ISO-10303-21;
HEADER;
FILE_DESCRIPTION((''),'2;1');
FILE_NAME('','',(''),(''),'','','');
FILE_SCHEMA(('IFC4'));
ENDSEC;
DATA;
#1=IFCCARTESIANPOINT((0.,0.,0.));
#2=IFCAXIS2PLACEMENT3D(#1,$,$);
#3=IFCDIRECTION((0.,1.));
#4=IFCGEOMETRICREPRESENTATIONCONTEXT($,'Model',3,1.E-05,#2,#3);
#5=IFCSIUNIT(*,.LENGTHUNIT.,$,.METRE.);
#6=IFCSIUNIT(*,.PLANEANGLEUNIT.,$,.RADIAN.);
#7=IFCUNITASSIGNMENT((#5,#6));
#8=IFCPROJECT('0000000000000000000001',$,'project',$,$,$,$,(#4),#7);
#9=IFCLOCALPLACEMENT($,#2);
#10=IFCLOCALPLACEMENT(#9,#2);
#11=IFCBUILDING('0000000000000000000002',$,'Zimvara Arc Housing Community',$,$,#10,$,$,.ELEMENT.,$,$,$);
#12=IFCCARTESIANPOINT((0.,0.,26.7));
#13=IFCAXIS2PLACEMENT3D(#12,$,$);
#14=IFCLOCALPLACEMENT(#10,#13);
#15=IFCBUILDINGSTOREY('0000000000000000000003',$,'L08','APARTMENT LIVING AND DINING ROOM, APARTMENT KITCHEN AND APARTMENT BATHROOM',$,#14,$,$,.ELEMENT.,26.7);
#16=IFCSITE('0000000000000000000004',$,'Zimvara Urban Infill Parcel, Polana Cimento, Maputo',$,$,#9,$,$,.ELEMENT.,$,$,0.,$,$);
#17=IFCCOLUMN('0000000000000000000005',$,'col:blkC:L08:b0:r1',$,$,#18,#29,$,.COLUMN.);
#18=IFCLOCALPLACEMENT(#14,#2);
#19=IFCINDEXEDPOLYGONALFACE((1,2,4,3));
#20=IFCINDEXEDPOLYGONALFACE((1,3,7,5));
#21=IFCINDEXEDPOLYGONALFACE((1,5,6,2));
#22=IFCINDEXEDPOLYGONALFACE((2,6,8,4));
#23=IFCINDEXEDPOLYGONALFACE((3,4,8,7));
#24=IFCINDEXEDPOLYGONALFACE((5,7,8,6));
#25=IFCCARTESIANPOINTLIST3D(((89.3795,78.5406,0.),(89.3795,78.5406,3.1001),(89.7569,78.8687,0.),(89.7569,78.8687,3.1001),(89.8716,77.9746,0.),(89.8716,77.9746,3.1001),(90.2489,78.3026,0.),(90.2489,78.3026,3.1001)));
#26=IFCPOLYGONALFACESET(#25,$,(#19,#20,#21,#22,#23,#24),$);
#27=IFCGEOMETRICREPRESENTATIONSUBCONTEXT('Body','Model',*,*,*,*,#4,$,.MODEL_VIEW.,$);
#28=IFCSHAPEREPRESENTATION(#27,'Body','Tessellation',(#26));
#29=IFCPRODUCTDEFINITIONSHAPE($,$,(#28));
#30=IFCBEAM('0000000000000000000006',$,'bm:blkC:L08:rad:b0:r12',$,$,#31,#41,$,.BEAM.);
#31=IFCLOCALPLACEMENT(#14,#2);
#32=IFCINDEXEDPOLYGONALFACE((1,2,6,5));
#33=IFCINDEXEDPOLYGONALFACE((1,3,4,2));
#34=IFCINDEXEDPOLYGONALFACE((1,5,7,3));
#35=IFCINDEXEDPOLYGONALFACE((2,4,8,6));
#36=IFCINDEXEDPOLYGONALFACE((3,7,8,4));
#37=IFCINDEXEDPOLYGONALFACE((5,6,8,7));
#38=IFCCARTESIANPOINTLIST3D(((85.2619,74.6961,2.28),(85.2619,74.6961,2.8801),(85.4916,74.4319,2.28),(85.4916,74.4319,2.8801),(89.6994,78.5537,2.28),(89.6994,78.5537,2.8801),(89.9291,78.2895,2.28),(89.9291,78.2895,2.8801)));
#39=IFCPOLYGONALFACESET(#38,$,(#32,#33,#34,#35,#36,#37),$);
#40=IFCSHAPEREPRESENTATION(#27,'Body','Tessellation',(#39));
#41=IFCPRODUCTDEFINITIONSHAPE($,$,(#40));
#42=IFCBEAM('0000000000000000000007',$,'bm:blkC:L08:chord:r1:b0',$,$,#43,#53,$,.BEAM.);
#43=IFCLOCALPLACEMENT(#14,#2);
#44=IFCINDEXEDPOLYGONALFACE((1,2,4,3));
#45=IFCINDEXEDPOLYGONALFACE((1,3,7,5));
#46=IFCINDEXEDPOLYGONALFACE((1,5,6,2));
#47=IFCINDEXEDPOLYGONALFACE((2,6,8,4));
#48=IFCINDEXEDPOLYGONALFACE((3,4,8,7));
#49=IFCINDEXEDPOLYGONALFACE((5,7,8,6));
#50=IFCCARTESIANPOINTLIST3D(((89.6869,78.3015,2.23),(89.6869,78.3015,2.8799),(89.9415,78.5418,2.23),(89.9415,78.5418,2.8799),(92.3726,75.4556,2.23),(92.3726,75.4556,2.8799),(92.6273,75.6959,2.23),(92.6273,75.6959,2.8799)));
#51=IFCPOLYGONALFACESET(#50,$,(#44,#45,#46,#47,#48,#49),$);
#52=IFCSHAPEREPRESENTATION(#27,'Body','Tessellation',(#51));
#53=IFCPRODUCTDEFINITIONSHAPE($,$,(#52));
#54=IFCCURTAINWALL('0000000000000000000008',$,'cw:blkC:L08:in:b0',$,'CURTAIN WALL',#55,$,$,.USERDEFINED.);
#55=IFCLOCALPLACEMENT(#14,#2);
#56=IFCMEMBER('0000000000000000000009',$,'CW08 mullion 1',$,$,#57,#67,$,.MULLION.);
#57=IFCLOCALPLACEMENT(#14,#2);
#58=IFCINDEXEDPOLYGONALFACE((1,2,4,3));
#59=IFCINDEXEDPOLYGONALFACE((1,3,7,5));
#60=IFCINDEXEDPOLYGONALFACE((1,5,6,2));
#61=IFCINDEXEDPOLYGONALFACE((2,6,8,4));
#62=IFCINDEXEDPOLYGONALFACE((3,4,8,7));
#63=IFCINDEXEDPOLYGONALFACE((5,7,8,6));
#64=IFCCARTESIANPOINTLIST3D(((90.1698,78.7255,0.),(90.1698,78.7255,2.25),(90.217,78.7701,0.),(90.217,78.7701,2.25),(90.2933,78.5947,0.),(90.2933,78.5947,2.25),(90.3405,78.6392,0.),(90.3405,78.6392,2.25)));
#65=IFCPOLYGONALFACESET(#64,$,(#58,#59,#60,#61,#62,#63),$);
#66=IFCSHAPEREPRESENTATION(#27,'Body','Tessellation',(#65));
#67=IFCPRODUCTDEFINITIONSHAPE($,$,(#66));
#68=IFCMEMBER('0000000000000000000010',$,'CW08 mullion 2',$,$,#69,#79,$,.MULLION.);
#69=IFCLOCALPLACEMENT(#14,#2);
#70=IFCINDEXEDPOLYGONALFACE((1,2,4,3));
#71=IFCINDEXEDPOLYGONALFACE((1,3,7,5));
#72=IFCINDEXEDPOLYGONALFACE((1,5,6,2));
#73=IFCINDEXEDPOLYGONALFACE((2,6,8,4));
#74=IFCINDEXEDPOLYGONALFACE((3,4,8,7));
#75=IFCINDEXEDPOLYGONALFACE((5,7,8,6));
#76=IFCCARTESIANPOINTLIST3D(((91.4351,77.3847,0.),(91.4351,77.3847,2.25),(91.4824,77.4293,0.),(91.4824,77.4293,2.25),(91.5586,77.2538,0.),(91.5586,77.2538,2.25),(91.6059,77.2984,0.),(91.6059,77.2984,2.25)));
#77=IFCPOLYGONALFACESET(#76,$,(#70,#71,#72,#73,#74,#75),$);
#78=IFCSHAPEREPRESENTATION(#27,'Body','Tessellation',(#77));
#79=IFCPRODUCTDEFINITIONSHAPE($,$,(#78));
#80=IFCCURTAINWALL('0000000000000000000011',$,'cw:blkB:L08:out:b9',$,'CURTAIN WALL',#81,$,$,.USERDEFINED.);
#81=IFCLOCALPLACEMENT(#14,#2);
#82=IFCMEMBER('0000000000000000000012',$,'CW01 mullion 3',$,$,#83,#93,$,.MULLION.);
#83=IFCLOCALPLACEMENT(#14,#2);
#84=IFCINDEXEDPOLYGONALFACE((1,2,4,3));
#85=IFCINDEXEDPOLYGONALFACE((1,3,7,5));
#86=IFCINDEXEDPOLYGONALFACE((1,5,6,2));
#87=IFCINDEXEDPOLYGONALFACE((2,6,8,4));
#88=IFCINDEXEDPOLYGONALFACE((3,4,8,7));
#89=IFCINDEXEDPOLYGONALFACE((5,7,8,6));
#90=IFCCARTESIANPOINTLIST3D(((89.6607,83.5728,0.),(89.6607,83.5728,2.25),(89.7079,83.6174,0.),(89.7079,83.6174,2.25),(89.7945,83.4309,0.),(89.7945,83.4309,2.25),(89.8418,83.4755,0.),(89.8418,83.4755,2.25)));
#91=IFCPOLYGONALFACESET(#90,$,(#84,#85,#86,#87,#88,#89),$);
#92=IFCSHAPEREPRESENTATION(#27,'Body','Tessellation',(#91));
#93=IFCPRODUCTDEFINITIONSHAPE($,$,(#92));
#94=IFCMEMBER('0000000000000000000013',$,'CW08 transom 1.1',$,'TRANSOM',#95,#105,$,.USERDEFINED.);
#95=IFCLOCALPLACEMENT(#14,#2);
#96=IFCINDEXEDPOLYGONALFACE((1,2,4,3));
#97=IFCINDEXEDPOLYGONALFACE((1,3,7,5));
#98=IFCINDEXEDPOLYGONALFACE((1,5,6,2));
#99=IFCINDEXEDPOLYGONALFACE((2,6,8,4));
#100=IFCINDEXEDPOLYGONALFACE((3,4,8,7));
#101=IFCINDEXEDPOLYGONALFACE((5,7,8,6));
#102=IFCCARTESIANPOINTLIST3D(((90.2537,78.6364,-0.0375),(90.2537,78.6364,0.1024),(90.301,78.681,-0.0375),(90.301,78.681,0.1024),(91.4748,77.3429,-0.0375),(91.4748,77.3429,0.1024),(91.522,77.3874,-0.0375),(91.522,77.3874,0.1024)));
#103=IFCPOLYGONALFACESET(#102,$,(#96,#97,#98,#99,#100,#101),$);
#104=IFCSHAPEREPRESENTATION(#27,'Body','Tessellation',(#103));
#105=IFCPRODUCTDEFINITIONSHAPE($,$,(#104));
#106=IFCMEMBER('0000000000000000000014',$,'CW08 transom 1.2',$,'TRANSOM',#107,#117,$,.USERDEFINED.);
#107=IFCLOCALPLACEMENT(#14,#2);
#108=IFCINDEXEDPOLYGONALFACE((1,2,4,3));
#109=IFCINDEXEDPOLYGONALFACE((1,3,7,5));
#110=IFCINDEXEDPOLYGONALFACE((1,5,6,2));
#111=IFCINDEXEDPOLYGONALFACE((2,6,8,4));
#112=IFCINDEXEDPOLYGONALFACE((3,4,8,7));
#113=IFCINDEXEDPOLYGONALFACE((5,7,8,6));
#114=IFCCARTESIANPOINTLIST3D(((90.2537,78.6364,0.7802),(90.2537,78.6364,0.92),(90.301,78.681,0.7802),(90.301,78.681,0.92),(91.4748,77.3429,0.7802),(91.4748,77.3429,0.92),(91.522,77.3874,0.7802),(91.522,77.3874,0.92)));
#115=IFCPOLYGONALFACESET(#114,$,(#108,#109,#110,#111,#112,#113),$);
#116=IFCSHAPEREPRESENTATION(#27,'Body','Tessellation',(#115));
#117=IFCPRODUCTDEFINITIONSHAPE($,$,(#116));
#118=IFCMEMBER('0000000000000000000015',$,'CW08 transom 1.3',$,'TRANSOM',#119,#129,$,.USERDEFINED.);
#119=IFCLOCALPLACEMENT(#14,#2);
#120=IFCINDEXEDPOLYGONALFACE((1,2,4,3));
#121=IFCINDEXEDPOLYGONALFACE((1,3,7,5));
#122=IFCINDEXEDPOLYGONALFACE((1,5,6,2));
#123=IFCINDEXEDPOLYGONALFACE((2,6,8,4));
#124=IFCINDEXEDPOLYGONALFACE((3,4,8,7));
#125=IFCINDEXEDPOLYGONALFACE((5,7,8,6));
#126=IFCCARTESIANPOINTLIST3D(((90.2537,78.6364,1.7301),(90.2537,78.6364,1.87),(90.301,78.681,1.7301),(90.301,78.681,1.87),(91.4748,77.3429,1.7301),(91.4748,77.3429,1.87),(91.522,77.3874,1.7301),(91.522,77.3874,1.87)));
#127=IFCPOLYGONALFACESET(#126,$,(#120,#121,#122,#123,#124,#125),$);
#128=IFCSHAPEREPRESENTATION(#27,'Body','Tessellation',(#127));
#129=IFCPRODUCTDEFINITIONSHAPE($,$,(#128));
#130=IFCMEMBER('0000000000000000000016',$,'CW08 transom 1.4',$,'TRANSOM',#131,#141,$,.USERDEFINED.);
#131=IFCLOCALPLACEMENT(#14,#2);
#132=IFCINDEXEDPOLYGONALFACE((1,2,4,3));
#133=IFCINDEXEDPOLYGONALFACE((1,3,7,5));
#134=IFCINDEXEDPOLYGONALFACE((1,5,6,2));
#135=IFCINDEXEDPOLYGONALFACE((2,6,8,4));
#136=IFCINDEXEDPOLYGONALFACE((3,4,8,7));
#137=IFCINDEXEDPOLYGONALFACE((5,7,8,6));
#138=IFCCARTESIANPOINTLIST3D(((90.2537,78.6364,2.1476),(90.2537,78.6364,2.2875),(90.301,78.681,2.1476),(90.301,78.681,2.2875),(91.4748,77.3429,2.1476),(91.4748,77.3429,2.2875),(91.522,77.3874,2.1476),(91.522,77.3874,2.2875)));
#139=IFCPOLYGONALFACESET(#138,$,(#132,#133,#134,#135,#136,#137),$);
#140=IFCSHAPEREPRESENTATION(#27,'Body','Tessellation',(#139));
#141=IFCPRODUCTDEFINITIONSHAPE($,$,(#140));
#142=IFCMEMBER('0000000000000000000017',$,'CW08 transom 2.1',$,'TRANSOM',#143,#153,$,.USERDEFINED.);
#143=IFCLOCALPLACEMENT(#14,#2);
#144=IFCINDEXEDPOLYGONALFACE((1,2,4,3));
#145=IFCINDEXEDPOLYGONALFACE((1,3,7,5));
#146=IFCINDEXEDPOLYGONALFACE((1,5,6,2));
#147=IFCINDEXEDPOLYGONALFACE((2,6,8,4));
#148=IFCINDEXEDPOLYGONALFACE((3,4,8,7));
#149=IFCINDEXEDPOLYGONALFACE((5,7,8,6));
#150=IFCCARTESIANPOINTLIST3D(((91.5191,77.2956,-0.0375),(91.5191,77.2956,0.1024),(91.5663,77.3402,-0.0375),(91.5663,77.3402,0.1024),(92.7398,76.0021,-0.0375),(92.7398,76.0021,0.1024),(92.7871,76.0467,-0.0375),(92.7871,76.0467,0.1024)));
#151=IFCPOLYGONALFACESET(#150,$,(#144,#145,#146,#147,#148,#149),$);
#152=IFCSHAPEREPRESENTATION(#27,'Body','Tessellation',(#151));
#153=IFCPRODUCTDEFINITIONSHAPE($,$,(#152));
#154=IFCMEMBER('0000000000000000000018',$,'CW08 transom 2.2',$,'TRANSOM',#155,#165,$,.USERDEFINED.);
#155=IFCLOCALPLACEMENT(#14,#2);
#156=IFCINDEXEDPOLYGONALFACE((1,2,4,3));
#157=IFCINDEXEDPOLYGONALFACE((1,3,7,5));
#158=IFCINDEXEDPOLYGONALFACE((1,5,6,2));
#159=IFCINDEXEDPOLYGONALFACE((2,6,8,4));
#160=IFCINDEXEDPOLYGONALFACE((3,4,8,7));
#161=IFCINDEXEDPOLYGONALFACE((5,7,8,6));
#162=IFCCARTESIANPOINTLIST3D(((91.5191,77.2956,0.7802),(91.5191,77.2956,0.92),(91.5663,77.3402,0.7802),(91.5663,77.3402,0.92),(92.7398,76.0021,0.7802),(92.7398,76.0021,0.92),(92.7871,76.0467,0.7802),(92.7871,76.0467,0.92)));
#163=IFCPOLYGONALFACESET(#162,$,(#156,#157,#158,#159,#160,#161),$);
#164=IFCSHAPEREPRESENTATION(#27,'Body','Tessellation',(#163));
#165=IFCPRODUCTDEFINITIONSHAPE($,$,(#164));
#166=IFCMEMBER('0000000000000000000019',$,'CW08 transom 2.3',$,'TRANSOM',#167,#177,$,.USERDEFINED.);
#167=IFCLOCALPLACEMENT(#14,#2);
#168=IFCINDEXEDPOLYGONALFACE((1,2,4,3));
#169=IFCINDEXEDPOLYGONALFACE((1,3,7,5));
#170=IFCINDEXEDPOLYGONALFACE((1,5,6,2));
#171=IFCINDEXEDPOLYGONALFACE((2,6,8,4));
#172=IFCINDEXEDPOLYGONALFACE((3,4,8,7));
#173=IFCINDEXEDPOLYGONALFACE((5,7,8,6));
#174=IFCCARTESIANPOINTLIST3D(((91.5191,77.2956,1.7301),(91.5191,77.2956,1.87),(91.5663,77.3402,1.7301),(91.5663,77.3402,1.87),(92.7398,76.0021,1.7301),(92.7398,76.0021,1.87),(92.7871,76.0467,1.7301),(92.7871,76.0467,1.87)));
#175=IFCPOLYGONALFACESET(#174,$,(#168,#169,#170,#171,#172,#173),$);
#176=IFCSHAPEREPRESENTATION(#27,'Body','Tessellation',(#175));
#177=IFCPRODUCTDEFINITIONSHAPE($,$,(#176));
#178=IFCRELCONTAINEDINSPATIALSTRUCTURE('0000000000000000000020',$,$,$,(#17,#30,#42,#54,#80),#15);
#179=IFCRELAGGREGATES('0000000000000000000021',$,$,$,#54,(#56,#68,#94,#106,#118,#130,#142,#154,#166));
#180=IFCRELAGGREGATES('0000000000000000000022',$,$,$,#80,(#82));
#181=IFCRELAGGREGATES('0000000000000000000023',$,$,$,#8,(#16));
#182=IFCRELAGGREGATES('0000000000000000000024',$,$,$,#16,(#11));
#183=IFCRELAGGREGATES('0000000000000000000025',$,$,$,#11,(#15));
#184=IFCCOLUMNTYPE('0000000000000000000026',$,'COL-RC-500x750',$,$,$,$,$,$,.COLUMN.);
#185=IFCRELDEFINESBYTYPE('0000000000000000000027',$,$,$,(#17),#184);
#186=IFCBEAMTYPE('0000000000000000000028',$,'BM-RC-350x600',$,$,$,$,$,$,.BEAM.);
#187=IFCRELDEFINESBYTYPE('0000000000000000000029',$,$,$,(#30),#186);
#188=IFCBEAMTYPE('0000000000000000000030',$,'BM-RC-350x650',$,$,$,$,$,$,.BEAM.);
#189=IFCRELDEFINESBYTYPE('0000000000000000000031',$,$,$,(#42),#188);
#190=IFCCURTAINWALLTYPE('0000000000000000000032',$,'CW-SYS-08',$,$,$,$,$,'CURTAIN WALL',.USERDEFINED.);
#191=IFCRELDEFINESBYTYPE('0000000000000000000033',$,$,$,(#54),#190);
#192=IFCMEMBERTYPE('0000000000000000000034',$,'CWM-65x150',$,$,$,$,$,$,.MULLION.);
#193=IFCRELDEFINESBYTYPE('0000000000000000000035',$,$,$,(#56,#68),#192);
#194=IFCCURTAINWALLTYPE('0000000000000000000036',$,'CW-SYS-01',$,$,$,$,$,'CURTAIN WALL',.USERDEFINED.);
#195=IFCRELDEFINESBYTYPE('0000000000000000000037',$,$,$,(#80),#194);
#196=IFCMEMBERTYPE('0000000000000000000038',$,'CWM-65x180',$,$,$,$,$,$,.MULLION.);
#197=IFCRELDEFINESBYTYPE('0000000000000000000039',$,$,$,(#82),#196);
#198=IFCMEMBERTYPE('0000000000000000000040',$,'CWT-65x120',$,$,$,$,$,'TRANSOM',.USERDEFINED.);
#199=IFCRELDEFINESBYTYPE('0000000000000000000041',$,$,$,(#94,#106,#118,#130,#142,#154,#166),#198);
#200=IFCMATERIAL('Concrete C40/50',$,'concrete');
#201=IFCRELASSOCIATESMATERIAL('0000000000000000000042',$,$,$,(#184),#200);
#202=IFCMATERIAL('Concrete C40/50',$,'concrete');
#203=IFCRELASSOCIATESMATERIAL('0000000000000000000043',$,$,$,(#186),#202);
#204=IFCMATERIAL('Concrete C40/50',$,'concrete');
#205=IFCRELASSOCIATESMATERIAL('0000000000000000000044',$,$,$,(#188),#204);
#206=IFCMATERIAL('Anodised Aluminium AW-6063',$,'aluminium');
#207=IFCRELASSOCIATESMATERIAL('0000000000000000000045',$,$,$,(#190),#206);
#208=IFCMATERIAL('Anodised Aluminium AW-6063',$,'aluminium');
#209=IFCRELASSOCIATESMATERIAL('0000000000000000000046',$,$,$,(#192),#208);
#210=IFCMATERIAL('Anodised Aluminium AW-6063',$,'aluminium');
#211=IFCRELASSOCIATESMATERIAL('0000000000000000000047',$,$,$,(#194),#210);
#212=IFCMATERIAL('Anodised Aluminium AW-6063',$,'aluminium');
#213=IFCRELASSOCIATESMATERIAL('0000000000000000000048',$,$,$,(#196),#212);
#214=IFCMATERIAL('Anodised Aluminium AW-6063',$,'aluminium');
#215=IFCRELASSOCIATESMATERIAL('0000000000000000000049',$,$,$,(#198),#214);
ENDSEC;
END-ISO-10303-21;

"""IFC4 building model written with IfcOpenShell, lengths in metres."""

from ifc_helpers import new_model, si_unit, direction, frame, origin, origin_2d, place, context, subcontext, project, spatial, rectangle, extrude, material, material_profile, profile_set, type_object, element, aggregate, save


model = new_model("IFC4")

# Units and contexts
model_context = context("Model", 3, precision=1e-05, world=origin(), true_north=direction((0.0, 1.0)))
body_context = subcontext(model_context, "Body", "Model", "MODEL_VIEW")
ifc_project = project(units=[si_unit("LENGTHUNIT", "METRE"), si_unit("PLANEANGLEUNIT", "RADIAN")], contexts=[model_context])

# Site, building, storey
site_placement = place(None, origin())
site = spatial("IfcSite", under=ifc_project, at=site_placement, Name="Zimvara Urban Infill Parcel, Polana Cimento, Maputo", CompositionType="ELEMENT", RefElevation=0.0)
building_placement = place(site_placement, origin())
building = spatial("IfcBuilding", under=site, at=building_placement, Name="Zimvara Arc Housing Community", CompositionType="ELEMENT")
storey_placement = place(building_placement, frame((0.0, 0.0, 26.7)))
storey = spatial("IfcBuildingStorey", under=building, at=storey_placement, Name="L08", Description="APARTMENT LIVING AND DINING ROOM, APARTMENT KITCHEN AND APARTMENT BATHROOM", CompositionType="ELEMENT", Elevation=26.7)

# Column
ifc_material_1 = material(Name="Concrete C40/50", Category="concrete")
ifc_material_profile_1 = material_profile(ifc_material_1, rectangle(XDim=0.5, YDim=0.75, at=origin_2d()), Name="RC 500x750")
ifc_profile_set_1 = profile_set([ifc_material_profile_1], Name="Concrete C40/50")
column_type_1 = type_object("IfcColumnType", Name="COL-RC-500x750", PredefinedType="COLUMN", material=ifc_profile_set_1)
column_1_placement = place(storey_placement, frame((89.8142, 78.4216, 0.0), z_axis=(0.0, 0.0, 1.0), x_axis=(-0.75471, -0.656059, 0.0)))
element("IfcColumn", 1, at=column_1_placement, inside=storey, type_object=column_type_1, Name="col:blkC:L08:b0:r1", PredefinedType="COLUMN", context=body_context, shape_type="SweptSolid", body=[
    extrude(rectangle(XDim=0.5, YDim=0.75, at=origin_2d()), origin(), (0.0, 0.0, 1.0), 3.1001),
])

# Beams
ifc_material_2 = material(Name="Concrete C40/50", Category="concrete")
ifc_material_profile_2 = material_profile(ifc_material_2, rectangle(XDim=0.3501, YDim=0.6001, at=origin_2d()), Name="RC 350x600")
ifc_profile_set_2 = profile_set([ifc_material_profile_2], Name="Concrete C40/50")
beam_type_1 = type_object("IfcBeamType", Name="BM-RC-350x600", PredefinedType="BEAM", material=ifc_profile_set_2)
beam_1_placement = place(storey_placement, frame((89.8142, 78.4216, 2.5801), z_axis=(-0.754692, -0.656079, 0.0), x_axis=(0.656079, -0.754692, 0.0)))
element("IfcBeam", 2, at=beam_1_placement, inside=storey, type_object=beam_type_1, Name="bm:blkC:L08:rad:b0:r12", PredefinedType="BEAM", context=body_context, shape_type="SweptSolid", body=[
    extrude(rectangle(XDim=0.3501, YDim=0.6001, at=origin_2d()), origin(), (0.0, 0.0, 1.0), 5.8799),
])
ifc_material_3 = material(Name="Concrete C40/50", Category="concrete")
ifc_material_profile_3 = material_profile(ifc_material_3, rectangle(XDim=0.3501, YDim=0.6499, at=origin_2d()), Name="RC 350x650")
ifc_profile_set_3 = profile_set([ifc_material_profile_3], Name="Concrete C40/50")
beam_type_2 = type_object("IfcBeamType", Name="BM-RC-350x650", PredefinedType="BEAM", material=ifc_profile_set_3)
beam_2_placement = place(storey_placement, frame((89.8142, 78.4216, 2.5549), z_axis=(0.686347, -0.727274, 0.0), x_axis=(0.727274, 0.686347, 0.0)))
element("IfcBeam", 3, at=beam_2_placement, inside=storey, type_object=beam_type_2, Name="bm:blkC:L08:chord:r1:b0", PredefinedType="BEAM", context=body_context, shape_type="SweptSolid", body=[
    extrude(rectangle(XDim=0.3501, YDim=0.6499, at=origin_2d()), origin(), (0.0, 0.0, 1.0), 3.9131),
])

# Curtain wall, members
ifc_material_4 = material(Name="Anodised Aluminium AW-6063", Category="aluminium")
curtain_wall_type_1 = type_object("IfcCurtainWallType", Name="CW-SYS-08", ElementType="CURTAIN WALL", PredefinedType="USERDEFINED", material=ifc_material_4)
curtain_wall_1_placement = place(storey_placement, origin())
curtain_wall_1 = element("IfcCurtainWall", 4, at=curtain_wall_1_placement, inside=storey, type_object=curtain_wall_type_1, Name="cw:blkC:L08:in:b0", ObjectType="CURTAIN WALL", PredefinedType="USERDEFINED")
ifc_material_5 = material(Name="Anodised Aluminium AW-6063", Category="aluminium")
ifc_material_profile_4 = material_profile(ifc_material_5, rectangle(XDim=0.0649, YDim=0.1799, at=origin_2d()), Name="ALU 65x180")
ifc_profile_set_4 = profile_set([ifc_material_profile_4], Name="Anodised Aluminium AW-6063")
member_type_1 = type_object("IfcMemberType", Name="CWM-65x150", PredefinedType="MULLION", material=ifc_profile_set_4)
member_1_placement = place(storey_placement, frame((90.2551, 78.6824, 0.0), z_axis=(0.0, 0.0, 1.0), x_axis=(0.727294, 0.686326, 0.0)))
member_1 = element("IfcMember", 5, at=member_1_placement, type_object=member_type_1, Name="CW08 mullion 1", PredefinedType="MULLION", context=body_context, shape_type="SweptSolid", body=[
    extrude(rectangle(XDim=0.0649, YDim=0.1799, at=origin_2d()), origin(), (0.0, 0.0, 1.0), 2.25),
])
member_2_placement = place(storey_placement, frame((91.5205, 77.3416, 0.0), z_axis=(0.0, 0.0, 1.0), x_axis=(0.727294, 0.686326, 0.0)))
member_2 = element("IfcMember", 6, at=member_2_placement, type_object=member_type_1, Name="CW08 mullion 2", PredefinedType="MULLION", context=body_context, shape_type="SweptSolid", body=[
    extrude(rectangle(XDim=0.0649, YDim=0.1799, at=origin_2d()), origin(), (0.0, 0.0, 1.0), 2.25),
])

# Curtain wall, member
ifc_material_6 = material(Name="Anodised Aluminium AW-6063", Category="aluminium")
curtain_wall_type_2 = type_object("IfcCurtainWallType", Name="CW-SYS-01", ElementType="CURTAIN WALL", PredefinedType="USERDEFINED", material=ifc_material_6)
curtain_wall_2_placement = place(storey_placement, origin())
curtain_wall_2 = element("IfcCurtainWall", 7, at=curtain_wall_2_placement, inside=storey, type_object=curtain_wall_type_2, Name="cw:blkB:L08:out:b9", ObjectType="CURTAIN WALL", PredefinedType="USERDEFINED")
ifc_material_7 = material(Name="Anodised Aluminium AW-6063", Category="aluminium")
ifc_material_profile_5 = material_profile(ifc_material_7, rectangle(XDim=0.0649, YDim=0.1951, at=origin_2d()), Name="ALU 65x195")
ifc_profile_set_5 = profile_set([ifc_material_profile_5], Name="Anodised Aluminium AW-6063")
member_type_2 = type_object("IfcMemberType", Name="CWM-65x180", PredefinedType="MULLION", material=ifc_profile_set_5)
member_3_placement = place(storey_placement, frame((89.7512, 83.5242, 0.0), z_axis=(0.0, 0.0, 1.0), x_axis=(0.727294, 0.686326, 0.0)))
member_3 = element("IfcMember", 8, at=member_3_placement, type_object=member_type_2, Name="CW01 mullion 3", PredefinedType="MULLION", context=body_context, shape_type="SweptSolid", body=[
    extrude(rectangle(XDim=0.0649, YDim=0.1951, at=origin_2d()), origin(), (0.0, 0.0, 1.0), 2.25),
])

# Members
ifc_material_8 = material(Name="Anodised Aluminium AW-6063", Category="aluminium")
ifc_material_profile_6 = material_profile(ifc_material_8, rectangle(XDim=0.0649, YDim=0.1399, at=origin_2d()), Name="ALU 65x140")
ifc_profile_set_6 = profile_set([ifc_material_profile_6], Name="Anodised Aluminium AW-6063")
member_type_3 = type_object("IfcMemberType", Name="CWT-65x120", ElementType="TRANSOM", PredefinedType="USERDEFINED", material=ifc_profile_set_6)
member_4_placement = place(storey_placement, frame((90.2773, 78.6587, 0.0325), z_axis=(0.68643, -0.727196, 0.0), x_axis=(0.727196, 0.68643, 0.0)))
member_4 = element("IfcMember", 9, at=member_4_placement, type_object=member_type_3, Name="CW08 transom 1.1", ObjectType="TRANSOM", PredefinedType="USERDEFINED", context=body_context, shape_type="SweptSolid", body=[
    extrude(rectangle(XDim=0.0649, YDim=0.1399, at=origin_2d()), origin(), (0.0, 0.0, 1.0), 1.7788),
])
member_5_placement = place(storey_placement, frame((90.2773, 78.6587, 0.8501), z_axis=(0.68643, -0.727196, 0.0), x_axis=(0.727196, 0.68643, 0.0)))
member_5 = element("IfcMember", 10, at=member_5_placement, type_object=member_type_3, Name="CW08 transom 1.2", ObjectType="TRANSOM", PredefinedType="USERDEFINED", context=body_context, shape_type="SweptSolid", body=[
    extrude(rectangle(XDim=0.0649, YDim=0.1399, at=origin_2d()), origin(), (0.0, 0.0, 1.0), 1.7788),
])
member_6_placement = place(storey_placement, frame((90.2773, 78.6587, 1.8), z_axis=(0.68643, -0.727196, 0.0), x_axis=(0.727196, 0.68643, 0.0)))
member_6 = element("IfcMember", 11, at=member_6_placement, type_object=member_type_3, Name="CW08 transom 1.3", ObjectType="TRANSOM", PredefinedType="USERDEFINED", context=body_context, shape_type="SweptSolid", body=[
    extrude(rectangle(XDim=0.0649, YDim=0.1399, at=origin_2d()), origin(), (0.0, 0.0, 1.0), 1.7788),
])
member_7_placement = place(storey_placement, frame((90.2773, 78.6587, 2.2175), z_axis=(0.68643, -0.727196, 0.0), x_axis=(0.727196, 0.68643, 0.0)))
member_7 = element("IfcMember", 12, at=member_7_placement, type_object=member_type_3, Name="CW08 transom 1.4", ObjectType="TRANSOM", PredefinedType="USERDEFINED", context=body_context, shape_type="SweptSolid", body=[
    extrude(rectangle(XDim=0.0649, YDim=0.1399, at=origin_2d()), origin(), (0.0, 0.0, 1.0), 1.7788),
])
member_8_placement = place(storey_placement, frame((91.5427, 77.3179, 0.0325), z_axis=(0.686357, -0.727264, 0.0), x_axis=(0.727264, 0.686357, 0.0)))
member_8 = element("IfcMember", 13, at=member_8_placement, type_object=member_type_3, Name="CW08 transom 2.1", ObjectType="TRANSOM", PredefinedType="USERDEFINED", context=body_context, shape_type="SweptSolid", body=[
    extrude(rectangle(XDim=0.0649, YDim=0.1399, at=origin_2d()), origin(), (0.0, 0.0, 1.0), 1.7786),
])
member_9_placement = place(storey_placement, frame((91.5427, 77.3179, 0.8501), z_axis=(0.686357, -0.727264, 0.0), x_axis=(0.727264, 0.686357, 0.0)))
member_9 = element("IfcMember", 14, at=member_9_placement, type_object=member_type_3, Name="CW08 transom 2.2", ObjectType="TRANSOM", PredefinedType="USERDEFINED", context=body_context, shape_type="SweptSolid", body=[
    extrude(rectangle(XDim=0.0649, YDim=0.1399, at=origin_2d()), origin(), (0.0, 0.0, 1.0), 1.7786),
])
member_10_placement = place(storey_placement, frame((91.5427, 77.3179, 1.8), z_axis=(0.686357, -0.727264, 0.0), x_axis=(0.727264, 0.686357, 0.0)))
member_10 = element("IfcMember", 15, at=member_10_placement, type_object=member_type_3, Name="CW08 transom 2.3", ObjectType="TRANSOM", PredefinedType="USERDEFINED", context=body_context, shape_type="SweptSolid", body=[
    extrude(rectangle(XDim=0.0649, YDim=0.1399, at=origin_2d()), origin(), (0.0, 0.0, 1.0), 1.7786),
])

aggregate(curtain_wall_1, [member_1, member_2, member_4, member_5, member_6, member_7, member_8, member_9, member_10])
aggregate(curtain_wall_2, [member_3])

save(model, "model.ifc")
